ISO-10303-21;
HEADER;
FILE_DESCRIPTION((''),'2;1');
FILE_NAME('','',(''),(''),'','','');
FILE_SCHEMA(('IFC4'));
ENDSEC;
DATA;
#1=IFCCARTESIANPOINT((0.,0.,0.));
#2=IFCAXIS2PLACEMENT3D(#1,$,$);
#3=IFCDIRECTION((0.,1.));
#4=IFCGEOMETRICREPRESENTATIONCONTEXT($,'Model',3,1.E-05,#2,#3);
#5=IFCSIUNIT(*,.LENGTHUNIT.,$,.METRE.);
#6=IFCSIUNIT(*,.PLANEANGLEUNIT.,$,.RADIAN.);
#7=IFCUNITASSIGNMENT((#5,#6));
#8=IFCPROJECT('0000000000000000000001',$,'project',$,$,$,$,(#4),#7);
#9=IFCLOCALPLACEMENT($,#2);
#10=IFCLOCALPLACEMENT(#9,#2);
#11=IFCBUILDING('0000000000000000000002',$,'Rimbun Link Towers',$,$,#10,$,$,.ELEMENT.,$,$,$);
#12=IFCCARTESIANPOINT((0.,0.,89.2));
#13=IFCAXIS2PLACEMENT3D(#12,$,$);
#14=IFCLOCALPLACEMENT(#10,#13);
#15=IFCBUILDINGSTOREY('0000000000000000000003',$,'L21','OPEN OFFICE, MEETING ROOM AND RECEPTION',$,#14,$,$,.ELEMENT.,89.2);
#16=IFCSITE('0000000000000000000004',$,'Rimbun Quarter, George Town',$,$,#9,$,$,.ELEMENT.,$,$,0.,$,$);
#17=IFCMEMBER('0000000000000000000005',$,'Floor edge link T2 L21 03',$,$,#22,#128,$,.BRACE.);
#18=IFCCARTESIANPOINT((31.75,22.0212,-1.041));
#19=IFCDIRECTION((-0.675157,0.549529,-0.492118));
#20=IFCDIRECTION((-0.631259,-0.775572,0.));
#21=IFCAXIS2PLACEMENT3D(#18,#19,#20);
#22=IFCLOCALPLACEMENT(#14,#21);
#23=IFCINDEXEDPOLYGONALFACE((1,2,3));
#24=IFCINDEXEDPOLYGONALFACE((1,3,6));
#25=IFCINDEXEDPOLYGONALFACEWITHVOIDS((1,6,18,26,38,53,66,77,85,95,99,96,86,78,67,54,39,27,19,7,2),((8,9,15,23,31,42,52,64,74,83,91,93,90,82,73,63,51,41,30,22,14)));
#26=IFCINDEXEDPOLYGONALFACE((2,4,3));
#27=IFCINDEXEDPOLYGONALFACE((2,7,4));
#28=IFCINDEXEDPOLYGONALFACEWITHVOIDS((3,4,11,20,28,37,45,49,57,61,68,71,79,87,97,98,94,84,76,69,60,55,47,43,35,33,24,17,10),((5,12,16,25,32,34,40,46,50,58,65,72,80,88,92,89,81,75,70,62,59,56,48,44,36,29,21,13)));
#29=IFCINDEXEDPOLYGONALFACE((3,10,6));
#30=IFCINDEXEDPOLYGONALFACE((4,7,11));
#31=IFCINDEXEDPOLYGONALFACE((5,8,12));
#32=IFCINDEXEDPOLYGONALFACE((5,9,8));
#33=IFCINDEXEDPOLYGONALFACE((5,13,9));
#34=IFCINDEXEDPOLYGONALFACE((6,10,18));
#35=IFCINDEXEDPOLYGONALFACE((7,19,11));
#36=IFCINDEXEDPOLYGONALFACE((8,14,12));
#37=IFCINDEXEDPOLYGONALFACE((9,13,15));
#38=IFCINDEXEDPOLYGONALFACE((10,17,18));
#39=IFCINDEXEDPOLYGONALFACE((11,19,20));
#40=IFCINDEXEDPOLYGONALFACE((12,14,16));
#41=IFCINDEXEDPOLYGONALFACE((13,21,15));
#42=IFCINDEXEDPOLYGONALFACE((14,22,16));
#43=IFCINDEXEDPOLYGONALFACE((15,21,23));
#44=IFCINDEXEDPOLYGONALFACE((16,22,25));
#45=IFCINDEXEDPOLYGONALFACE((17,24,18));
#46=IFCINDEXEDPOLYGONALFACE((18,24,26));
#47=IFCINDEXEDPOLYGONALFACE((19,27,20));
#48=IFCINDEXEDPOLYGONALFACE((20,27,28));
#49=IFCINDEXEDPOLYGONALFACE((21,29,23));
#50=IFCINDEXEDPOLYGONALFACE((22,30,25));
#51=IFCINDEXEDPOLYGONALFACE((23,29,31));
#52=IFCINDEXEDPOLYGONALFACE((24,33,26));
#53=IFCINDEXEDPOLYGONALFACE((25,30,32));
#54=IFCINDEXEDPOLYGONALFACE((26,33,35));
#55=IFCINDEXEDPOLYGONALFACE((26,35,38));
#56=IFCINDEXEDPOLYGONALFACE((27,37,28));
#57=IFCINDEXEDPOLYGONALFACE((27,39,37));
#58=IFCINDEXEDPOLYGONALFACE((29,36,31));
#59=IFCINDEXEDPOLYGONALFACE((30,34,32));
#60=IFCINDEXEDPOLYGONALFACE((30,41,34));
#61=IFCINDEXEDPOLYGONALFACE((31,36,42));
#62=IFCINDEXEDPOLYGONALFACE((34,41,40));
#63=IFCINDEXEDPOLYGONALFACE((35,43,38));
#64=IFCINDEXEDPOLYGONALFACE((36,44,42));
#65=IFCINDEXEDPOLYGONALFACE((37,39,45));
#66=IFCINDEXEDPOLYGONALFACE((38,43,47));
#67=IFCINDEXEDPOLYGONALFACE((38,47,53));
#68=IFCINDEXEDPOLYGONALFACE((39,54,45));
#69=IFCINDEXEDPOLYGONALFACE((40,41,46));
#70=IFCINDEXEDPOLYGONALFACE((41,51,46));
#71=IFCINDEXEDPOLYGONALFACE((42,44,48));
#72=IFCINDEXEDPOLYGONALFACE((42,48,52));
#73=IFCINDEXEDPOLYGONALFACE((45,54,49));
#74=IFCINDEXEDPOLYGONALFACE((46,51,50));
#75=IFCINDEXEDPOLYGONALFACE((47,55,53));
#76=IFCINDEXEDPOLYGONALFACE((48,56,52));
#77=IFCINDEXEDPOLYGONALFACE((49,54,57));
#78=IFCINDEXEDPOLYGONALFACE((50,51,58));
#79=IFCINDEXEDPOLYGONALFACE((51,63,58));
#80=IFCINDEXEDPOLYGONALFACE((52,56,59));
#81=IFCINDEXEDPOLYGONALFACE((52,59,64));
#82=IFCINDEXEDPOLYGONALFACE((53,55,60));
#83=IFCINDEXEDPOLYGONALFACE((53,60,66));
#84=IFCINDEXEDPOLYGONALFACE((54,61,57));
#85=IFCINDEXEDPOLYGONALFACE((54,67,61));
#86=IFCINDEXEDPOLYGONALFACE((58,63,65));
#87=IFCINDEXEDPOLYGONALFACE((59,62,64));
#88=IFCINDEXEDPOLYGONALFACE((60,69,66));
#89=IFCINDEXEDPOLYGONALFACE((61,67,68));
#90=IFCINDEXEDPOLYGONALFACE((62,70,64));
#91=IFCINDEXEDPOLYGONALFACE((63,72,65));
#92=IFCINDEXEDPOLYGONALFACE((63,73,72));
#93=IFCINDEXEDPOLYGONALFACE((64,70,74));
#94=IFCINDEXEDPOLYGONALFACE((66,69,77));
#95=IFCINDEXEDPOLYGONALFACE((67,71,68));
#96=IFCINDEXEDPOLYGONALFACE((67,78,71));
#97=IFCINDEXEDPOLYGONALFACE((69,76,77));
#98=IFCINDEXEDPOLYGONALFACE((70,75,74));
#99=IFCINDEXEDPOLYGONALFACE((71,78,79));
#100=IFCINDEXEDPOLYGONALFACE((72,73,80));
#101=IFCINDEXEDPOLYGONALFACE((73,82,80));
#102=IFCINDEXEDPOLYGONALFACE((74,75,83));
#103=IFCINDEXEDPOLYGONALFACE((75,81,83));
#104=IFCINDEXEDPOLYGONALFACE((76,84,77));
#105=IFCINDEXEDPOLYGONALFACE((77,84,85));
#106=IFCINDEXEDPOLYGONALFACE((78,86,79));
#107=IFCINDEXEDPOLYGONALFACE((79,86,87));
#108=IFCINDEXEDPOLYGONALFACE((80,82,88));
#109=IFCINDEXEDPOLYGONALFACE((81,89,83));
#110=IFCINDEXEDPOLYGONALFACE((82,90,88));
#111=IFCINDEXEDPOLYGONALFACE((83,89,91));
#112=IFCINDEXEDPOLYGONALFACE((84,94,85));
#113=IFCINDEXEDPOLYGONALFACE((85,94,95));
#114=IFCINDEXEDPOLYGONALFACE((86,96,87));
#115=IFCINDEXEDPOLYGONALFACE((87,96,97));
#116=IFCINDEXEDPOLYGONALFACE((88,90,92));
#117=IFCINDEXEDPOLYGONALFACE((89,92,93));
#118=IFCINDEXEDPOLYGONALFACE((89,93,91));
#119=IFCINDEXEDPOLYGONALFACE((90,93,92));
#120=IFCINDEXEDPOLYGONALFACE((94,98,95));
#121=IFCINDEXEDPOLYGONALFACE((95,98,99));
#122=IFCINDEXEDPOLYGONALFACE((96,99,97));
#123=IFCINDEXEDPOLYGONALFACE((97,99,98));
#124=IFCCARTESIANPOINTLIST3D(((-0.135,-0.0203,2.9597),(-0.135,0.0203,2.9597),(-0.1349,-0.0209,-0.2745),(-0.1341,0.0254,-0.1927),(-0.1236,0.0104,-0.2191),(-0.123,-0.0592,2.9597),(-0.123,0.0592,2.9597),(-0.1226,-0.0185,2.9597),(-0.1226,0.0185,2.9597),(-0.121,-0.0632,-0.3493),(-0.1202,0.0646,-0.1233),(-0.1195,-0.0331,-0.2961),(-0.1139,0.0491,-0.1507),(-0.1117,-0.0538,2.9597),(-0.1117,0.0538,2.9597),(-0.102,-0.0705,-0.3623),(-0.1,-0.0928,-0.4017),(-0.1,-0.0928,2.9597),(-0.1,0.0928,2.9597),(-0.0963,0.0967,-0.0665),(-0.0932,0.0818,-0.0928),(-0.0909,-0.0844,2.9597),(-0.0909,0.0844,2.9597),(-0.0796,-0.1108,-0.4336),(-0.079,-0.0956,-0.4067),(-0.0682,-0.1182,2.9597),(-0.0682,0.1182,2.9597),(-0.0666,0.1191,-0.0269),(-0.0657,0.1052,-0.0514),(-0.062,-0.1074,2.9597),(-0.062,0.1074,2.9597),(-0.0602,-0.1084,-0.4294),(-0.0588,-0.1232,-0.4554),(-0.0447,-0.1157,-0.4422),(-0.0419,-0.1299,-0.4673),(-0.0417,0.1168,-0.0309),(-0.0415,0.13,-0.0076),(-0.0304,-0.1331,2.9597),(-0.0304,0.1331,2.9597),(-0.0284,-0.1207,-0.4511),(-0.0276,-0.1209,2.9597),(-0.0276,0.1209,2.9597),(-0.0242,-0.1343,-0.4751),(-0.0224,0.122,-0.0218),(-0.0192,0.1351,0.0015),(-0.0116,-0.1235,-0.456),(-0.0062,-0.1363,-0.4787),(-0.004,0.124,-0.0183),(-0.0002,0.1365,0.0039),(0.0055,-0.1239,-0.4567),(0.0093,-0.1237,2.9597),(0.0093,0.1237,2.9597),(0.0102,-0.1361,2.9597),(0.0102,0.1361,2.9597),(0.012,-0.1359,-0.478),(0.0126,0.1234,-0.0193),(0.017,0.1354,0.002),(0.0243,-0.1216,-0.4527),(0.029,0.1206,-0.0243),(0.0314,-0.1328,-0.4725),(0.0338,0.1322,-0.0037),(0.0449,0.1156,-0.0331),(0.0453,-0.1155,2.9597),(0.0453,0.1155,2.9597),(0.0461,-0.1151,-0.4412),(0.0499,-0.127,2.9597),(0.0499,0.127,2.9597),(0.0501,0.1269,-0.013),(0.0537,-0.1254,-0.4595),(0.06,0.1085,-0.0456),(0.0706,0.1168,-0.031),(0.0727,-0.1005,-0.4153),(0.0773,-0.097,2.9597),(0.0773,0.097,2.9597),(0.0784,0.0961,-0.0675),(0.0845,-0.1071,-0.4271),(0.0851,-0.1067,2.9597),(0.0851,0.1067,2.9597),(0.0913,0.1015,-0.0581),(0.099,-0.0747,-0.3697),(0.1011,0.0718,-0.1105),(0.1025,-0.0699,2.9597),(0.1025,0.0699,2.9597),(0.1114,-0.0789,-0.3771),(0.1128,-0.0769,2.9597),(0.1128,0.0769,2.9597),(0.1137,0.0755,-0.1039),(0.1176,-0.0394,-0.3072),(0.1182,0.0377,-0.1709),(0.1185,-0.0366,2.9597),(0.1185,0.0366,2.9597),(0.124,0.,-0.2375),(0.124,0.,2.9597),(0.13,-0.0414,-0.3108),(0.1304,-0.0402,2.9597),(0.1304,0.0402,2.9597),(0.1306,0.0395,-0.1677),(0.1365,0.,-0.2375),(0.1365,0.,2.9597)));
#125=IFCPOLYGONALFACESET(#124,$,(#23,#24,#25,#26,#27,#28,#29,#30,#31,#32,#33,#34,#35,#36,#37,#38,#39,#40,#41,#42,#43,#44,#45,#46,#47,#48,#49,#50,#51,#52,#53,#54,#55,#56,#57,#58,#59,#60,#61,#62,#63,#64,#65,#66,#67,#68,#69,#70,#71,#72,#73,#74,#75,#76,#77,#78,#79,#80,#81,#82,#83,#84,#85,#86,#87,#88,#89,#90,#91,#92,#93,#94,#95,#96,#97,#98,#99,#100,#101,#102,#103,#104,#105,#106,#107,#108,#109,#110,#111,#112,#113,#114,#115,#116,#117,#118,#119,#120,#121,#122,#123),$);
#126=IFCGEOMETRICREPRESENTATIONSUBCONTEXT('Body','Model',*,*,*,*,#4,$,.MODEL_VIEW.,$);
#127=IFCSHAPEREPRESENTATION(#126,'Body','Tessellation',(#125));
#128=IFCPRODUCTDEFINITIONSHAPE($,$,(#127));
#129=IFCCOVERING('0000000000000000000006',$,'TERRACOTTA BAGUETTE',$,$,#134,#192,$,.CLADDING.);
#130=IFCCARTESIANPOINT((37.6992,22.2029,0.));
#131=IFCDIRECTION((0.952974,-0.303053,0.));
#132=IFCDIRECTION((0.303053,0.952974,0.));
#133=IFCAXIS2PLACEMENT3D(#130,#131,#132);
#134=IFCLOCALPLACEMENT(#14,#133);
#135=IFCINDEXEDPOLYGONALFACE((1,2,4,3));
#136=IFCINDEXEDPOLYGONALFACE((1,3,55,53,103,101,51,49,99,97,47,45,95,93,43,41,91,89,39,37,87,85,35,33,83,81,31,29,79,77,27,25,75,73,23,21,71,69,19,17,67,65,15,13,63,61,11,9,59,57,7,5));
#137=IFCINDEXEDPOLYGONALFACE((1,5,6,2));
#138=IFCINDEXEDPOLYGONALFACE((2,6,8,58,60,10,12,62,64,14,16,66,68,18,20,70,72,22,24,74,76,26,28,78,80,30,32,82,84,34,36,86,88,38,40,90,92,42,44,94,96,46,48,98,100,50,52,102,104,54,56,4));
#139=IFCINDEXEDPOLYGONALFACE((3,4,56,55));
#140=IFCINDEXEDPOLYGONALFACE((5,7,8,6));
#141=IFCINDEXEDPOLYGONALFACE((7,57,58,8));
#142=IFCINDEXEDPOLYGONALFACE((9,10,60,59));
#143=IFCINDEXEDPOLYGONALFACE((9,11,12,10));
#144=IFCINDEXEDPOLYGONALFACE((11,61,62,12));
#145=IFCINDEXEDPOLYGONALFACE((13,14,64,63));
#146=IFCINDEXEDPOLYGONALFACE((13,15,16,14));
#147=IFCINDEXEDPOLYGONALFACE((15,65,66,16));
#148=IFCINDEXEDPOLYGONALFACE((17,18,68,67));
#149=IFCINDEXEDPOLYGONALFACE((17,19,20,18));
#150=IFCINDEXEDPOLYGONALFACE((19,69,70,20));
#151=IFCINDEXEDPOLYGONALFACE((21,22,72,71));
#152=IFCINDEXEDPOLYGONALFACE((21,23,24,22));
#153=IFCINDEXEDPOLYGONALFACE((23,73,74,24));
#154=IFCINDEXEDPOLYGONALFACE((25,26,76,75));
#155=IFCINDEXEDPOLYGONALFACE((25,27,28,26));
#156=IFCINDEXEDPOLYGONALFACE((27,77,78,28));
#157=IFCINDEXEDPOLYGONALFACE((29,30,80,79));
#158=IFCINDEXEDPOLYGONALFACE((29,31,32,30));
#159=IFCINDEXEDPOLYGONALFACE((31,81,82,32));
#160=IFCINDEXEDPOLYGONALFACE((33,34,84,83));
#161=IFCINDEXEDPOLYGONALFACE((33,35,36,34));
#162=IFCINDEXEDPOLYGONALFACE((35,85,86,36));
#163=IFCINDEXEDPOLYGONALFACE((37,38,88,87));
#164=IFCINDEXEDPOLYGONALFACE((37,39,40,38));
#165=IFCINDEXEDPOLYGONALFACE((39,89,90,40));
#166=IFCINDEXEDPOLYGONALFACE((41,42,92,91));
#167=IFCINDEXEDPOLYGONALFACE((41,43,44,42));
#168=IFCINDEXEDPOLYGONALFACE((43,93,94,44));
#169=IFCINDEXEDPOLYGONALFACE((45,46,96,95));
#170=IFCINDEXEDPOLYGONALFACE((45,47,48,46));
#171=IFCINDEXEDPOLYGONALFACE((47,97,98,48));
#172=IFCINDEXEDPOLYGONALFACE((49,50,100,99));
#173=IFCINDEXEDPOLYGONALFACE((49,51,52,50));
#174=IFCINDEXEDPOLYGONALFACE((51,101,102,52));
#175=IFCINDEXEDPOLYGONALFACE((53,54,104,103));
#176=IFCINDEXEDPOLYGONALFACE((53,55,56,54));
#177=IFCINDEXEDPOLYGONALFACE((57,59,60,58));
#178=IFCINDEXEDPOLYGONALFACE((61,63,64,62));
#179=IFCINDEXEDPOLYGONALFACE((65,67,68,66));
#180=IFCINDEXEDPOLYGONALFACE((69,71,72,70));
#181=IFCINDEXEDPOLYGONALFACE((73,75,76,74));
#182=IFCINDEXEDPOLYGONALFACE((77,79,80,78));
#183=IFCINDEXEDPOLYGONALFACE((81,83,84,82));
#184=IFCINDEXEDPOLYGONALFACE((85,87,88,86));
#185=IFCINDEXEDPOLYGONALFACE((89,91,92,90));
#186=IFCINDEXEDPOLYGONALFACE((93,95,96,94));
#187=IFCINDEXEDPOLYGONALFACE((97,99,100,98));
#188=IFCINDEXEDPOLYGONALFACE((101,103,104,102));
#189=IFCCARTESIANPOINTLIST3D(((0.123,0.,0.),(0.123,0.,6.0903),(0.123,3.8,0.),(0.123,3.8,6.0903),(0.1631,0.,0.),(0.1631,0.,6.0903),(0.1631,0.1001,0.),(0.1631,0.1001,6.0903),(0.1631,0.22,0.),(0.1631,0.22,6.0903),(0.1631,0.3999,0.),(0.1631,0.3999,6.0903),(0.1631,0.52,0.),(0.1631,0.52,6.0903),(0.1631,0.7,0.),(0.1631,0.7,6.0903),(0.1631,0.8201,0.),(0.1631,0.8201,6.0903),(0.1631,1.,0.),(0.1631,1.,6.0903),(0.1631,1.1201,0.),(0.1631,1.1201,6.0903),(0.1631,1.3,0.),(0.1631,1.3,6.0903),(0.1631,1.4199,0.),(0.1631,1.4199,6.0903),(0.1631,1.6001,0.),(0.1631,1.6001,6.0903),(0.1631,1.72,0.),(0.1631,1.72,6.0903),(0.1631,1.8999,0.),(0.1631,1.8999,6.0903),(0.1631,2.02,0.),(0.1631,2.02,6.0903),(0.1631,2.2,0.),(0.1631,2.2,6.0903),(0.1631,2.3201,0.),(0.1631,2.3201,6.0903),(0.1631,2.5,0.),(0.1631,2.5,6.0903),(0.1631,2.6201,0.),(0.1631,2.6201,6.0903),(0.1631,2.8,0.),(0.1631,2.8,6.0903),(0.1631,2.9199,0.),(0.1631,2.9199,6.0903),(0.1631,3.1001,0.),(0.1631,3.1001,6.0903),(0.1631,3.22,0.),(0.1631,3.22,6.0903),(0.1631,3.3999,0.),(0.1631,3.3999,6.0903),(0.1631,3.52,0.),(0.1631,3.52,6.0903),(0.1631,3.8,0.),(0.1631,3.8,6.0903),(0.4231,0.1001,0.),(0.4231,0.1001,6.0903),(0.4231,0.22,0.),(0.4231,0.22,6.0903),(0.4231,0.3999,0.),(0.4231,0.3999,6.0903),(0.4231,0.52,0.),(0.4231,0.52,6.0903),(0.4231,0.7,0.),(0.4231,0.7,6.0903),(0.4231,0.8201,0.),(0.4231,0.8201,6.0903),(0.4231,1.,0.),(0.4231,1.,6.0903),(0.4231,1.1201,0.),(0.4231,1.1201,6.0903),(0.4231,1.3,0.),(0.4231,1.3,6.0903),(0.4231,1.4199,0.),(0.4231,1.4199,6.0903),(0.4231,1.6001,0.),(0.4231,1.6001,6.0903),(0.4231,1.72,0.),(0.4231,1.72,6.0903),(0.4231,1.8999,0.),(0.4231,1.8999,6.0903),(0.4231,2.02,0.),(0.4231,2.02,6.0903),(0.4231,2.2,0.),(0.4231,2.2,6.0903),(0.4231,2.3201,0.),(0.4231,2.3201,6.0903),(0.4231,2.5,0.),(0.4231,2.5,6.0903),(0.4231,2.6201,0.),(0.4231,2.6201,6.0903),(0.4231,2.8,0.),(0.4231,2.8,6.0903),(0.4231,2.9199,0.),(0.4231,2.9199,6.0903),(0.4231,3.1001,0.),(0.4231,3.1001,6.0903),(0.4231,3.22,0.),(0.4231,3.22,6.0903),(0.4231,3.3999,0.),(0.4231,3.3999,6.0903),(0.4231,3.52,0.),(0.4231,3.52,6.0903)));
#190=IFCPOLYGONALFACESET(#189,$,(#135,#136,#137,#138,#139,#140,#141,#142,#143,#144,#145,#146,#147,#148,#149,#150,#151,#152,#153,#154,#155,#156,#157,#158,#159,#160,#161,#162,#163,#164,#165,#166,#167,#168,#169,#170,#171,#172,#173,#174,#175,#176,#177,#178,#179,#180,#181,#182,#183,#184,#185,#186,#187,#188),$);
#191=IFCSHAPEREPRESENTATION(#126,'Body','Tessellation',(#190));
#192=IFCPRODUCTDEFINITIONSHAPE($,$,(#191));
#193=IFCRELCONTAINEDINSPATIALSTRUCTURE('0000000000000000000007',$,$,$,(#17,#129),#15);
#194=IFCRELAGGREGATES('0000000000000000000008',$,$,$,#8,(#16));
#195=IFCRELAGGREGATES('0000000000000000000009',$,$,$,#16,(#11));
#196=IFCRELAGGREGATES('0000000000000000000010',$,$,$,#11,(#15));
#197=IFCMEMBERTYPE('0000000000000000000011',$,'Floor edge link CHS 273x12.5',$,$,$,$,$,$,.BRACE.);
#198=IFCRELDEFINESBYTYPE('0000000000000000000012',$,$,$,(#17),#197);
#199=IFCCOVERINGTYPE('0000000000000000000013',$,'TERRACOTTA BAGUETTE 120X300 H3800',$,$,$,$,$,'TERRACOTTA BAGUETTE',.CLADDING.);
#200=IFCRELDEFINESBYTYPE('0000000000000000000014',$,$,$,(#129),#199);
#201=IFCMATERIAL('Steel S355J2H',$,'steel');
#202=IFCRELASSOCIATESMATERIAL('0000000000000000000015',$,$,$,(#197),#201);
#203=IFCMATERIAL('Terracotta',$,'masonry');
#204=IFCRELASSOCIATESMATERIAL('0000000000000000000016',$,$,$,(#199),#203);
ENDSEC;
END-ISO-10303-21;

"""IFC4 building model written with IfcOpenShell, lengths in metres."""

from ifc_helpers import new_model, si_unit, direction, frame, origin, origin_2d, place, context, subcontext, project, spatial, polyline, hollow_circle, outline, extrude, clip, halfspace, material, material_profile, profile_set, type_object, element, save


model = new_model("IFC4")

# Units and contexts
model_context = context("Model", 3, precision=1e-05, world=origin(), true_north=direction((0.0, 1.0)))
body_context = subcontext(model_context, "Body", "Model", "MODEL_VIEW")
ifc_project = project(units=[si_unit("LENGTHUNIT", "METRE"), si_unit("PLANEANGLEUNIT", "RADIAN")], contexts=[model_context])

# Site, building, storey
site_placement = place(None, origin())
site = spatial("IfcSite", under=ifc_project, at=site_placement, Name="Rimbun Quarter, George Town", CompositionType="ELEMENT", RefElevation=0.0)
building_placement = place(site_placement, origin())
building = spatial("IfcBuilding", under=site, at=building_placement, Name="Rimbun Link Towers", CompositionType="ELEMENT")
storey_placement = place(building_placement, frame((0.0, 0.0, 89.2)))
storey = spatial("IfcBuildingStorey", under=building, at=storey_placement, Name="L21", Description="OPEN OFFICE, MEETING ROOM AND RECEPTION", CompositionType="ELEMENT", Elevation=89.2)

# Member
ifc_material_1 = material(Name="Steel S355J2H", Category="steel")
ifc_material_profile_1 = material_profile(ifc_material_1, hollow_circle(Radius=0.1365, WallThickness=0.0125, at=origin_2d()), Name="CHS 273x12.5")
ifc_profile_set_1 = profile_set([ifc_material_profile_1], Name="Steel S355J2H")
member_type_1 = type_object("IfcMemberType", Name="Floor edge link CHS 273x12.5", PredefinedType="BRACE", material=ifc_profile_set_1)
member_1_placement = place(storey_placement, frame((31.75, 22.0212, -1.041), z_axis=(-0.675157, 0.549529, -0.492118), x_axis=(-0.631259, -0.775572, 0.0)))
element("IfcMember", 1, at=member_1_placement, inside=storey, type_object=member_type_1, Name="Floor edge link T2 L21 03", PredefinedType="BRACE", context=body_context, shape_type="Clipping", body=[
    clip(extrude(hollow_circle(Radius=0.1365, WallThickness=0.0125, at=origin_2d()), frame((0.0, 0.0, -0.5034)), (0.0, 0.0, 1.0), 3.4631), halfspace(frame((0.0, 0.0, -0.2375), z_axis=(0.0, 0.870528, -0.492118)), False)),
])

# Covering
ifc_material_2 = material(Name="Terracotta", Category="masonry")
ifc_material_profile_2 = material_profile(ifc_material_2, outline(polyline([(0.123, 0.0), (0.1631, 0.0), (0.1631, 0.1001), (0.4231, 0.1001), (0.4231, 0.22), (0.1631, 0.22), (0.1631, 0.3999), (0.4231, 0.3999), (0.4231, 0.52), (0.1631, 0.52), (0.1631, 0.7), (0.4231, 0.7), (0.4231, 0.8201), (0.1631, 0.8201), (0.1631, 1.0), (0.4231, 1.0), (0.4231, 1.1201), (0.1631, 1.1201), (0.1631, 1.3), (0.4231, 1.3), (0.4231, 1.4199), (0.1631, 1.4199), (0.1631, 1.6001), (0.4231, 1.6001), (0.4231, 1.72), (0.1631, 1.72), (0.1631, 1.8999), (0.4231, 1.8999), (0.4231, 2.02), (0.1631, 2.02), (0.1631, 2.2), (0.4231, 2.2), (0.4231, 2.3201), (0.1631, 2.3201), (0.1631, 2.5), (0.4231, 2.5), (0.4231, 2.6201), (0.1631, 2.6201), (0.1631, 2.8), (0.4231, 2.8), (0.4231, 2.9199), (0.1631, 2.9199), (0.1631, 3.1001), (0.4231, 3.1001), (0.4231, 3.22), (0.1631, 3.22), (0.1631, 3.3999), (0.4231, 3.3999), (0.4231, 3.52), (0.1631, 3.52), (0.1631, 3.8), (0.123, 3.8), (0.123, 0.0)])), Name="BAGUETTE 120X300")
ifc_profile_set_2 = profile_set([ifc_material_profile_2], Name="Terracotta")
covering_type = type_object("IfcCoveringType", Name="TERRACOTTA BAGUETTE 120X300 H3800", ElementType="TERRACOTTA BAGUETTE", PredefinedType="CLADDING", material=ifc_profile_set_2)
covering_1_placement = place(storey_placement, frame((37.6992, 22.2029, 0.0), z_axis=(0.952974, -0.303053, 0.0), x_axis=(0.303053, 0.952974, 0.0)))
element("IfcCovering", 2, at=covering_1_placement, inside=storey, type_object=covering_type, Name="TERRACOTTA BAGUETTE", PredefinedType="CLADDING", context=body_context, shape_type="SweptSolid", body=[
    extrude(outline(polyline([(0.123, 0.0), (0.1631, 0.0), (0.1631, 0.1001), (0.4231, 0.1001), (0.4231, 0.22), (0.1631, 0.22), (0.1631, 0.3999), (0.4231, 0.3999), (0.4231, 0.52), (0.1631, 0.52), (0.1631, 0.7), (0.4231, 0.7), (0.4231, 0.8201), (0.1631, 0.8201), (0.1631, 1.0), (0.4231, 1.0), (0.4231, 1.1201), (0.1631, 1.1201), (0.1631, 1.3), (0.4231, 1.3), (0.4231, 1.4199), (0.1631, 1.4199), (0.1631, 1.6001), (0.4231, 1.6001), (0.4231, 1.72), (0.1631, 1.72), (0.1631, 1.8999), (0.4231, 1.8999), (0.4231, 2.02), (0.1631, 2.02), (0.1631, 2.2), (0.4231, 2.2), (0.4231, 2.3201), (0.1631, 2.3201), (0.1631, 2.5), (0.4231, 2.5), (0.4231, 2.6201), (0.1631, 2.6201), (0.1631, 2.8), (0.4231, 2.8), (0.4231, 2.9199), (0.1631, 2.9199), (0.1631, 3.1001), (0.4231, 3.1001), (0.4231, 3.22), (0.1631, 3.22), (0.1631, 3.3999), (0.4231, 3.3999), (0.4231, 3.52), (0.1631, 3.52), (0.1631, 3.8), (0.123, 3.8), (0.123, 0.0)])), origin(), (0.0, 0.0, 1.0), 6.0903),
])

save(model, "model.ifc")
